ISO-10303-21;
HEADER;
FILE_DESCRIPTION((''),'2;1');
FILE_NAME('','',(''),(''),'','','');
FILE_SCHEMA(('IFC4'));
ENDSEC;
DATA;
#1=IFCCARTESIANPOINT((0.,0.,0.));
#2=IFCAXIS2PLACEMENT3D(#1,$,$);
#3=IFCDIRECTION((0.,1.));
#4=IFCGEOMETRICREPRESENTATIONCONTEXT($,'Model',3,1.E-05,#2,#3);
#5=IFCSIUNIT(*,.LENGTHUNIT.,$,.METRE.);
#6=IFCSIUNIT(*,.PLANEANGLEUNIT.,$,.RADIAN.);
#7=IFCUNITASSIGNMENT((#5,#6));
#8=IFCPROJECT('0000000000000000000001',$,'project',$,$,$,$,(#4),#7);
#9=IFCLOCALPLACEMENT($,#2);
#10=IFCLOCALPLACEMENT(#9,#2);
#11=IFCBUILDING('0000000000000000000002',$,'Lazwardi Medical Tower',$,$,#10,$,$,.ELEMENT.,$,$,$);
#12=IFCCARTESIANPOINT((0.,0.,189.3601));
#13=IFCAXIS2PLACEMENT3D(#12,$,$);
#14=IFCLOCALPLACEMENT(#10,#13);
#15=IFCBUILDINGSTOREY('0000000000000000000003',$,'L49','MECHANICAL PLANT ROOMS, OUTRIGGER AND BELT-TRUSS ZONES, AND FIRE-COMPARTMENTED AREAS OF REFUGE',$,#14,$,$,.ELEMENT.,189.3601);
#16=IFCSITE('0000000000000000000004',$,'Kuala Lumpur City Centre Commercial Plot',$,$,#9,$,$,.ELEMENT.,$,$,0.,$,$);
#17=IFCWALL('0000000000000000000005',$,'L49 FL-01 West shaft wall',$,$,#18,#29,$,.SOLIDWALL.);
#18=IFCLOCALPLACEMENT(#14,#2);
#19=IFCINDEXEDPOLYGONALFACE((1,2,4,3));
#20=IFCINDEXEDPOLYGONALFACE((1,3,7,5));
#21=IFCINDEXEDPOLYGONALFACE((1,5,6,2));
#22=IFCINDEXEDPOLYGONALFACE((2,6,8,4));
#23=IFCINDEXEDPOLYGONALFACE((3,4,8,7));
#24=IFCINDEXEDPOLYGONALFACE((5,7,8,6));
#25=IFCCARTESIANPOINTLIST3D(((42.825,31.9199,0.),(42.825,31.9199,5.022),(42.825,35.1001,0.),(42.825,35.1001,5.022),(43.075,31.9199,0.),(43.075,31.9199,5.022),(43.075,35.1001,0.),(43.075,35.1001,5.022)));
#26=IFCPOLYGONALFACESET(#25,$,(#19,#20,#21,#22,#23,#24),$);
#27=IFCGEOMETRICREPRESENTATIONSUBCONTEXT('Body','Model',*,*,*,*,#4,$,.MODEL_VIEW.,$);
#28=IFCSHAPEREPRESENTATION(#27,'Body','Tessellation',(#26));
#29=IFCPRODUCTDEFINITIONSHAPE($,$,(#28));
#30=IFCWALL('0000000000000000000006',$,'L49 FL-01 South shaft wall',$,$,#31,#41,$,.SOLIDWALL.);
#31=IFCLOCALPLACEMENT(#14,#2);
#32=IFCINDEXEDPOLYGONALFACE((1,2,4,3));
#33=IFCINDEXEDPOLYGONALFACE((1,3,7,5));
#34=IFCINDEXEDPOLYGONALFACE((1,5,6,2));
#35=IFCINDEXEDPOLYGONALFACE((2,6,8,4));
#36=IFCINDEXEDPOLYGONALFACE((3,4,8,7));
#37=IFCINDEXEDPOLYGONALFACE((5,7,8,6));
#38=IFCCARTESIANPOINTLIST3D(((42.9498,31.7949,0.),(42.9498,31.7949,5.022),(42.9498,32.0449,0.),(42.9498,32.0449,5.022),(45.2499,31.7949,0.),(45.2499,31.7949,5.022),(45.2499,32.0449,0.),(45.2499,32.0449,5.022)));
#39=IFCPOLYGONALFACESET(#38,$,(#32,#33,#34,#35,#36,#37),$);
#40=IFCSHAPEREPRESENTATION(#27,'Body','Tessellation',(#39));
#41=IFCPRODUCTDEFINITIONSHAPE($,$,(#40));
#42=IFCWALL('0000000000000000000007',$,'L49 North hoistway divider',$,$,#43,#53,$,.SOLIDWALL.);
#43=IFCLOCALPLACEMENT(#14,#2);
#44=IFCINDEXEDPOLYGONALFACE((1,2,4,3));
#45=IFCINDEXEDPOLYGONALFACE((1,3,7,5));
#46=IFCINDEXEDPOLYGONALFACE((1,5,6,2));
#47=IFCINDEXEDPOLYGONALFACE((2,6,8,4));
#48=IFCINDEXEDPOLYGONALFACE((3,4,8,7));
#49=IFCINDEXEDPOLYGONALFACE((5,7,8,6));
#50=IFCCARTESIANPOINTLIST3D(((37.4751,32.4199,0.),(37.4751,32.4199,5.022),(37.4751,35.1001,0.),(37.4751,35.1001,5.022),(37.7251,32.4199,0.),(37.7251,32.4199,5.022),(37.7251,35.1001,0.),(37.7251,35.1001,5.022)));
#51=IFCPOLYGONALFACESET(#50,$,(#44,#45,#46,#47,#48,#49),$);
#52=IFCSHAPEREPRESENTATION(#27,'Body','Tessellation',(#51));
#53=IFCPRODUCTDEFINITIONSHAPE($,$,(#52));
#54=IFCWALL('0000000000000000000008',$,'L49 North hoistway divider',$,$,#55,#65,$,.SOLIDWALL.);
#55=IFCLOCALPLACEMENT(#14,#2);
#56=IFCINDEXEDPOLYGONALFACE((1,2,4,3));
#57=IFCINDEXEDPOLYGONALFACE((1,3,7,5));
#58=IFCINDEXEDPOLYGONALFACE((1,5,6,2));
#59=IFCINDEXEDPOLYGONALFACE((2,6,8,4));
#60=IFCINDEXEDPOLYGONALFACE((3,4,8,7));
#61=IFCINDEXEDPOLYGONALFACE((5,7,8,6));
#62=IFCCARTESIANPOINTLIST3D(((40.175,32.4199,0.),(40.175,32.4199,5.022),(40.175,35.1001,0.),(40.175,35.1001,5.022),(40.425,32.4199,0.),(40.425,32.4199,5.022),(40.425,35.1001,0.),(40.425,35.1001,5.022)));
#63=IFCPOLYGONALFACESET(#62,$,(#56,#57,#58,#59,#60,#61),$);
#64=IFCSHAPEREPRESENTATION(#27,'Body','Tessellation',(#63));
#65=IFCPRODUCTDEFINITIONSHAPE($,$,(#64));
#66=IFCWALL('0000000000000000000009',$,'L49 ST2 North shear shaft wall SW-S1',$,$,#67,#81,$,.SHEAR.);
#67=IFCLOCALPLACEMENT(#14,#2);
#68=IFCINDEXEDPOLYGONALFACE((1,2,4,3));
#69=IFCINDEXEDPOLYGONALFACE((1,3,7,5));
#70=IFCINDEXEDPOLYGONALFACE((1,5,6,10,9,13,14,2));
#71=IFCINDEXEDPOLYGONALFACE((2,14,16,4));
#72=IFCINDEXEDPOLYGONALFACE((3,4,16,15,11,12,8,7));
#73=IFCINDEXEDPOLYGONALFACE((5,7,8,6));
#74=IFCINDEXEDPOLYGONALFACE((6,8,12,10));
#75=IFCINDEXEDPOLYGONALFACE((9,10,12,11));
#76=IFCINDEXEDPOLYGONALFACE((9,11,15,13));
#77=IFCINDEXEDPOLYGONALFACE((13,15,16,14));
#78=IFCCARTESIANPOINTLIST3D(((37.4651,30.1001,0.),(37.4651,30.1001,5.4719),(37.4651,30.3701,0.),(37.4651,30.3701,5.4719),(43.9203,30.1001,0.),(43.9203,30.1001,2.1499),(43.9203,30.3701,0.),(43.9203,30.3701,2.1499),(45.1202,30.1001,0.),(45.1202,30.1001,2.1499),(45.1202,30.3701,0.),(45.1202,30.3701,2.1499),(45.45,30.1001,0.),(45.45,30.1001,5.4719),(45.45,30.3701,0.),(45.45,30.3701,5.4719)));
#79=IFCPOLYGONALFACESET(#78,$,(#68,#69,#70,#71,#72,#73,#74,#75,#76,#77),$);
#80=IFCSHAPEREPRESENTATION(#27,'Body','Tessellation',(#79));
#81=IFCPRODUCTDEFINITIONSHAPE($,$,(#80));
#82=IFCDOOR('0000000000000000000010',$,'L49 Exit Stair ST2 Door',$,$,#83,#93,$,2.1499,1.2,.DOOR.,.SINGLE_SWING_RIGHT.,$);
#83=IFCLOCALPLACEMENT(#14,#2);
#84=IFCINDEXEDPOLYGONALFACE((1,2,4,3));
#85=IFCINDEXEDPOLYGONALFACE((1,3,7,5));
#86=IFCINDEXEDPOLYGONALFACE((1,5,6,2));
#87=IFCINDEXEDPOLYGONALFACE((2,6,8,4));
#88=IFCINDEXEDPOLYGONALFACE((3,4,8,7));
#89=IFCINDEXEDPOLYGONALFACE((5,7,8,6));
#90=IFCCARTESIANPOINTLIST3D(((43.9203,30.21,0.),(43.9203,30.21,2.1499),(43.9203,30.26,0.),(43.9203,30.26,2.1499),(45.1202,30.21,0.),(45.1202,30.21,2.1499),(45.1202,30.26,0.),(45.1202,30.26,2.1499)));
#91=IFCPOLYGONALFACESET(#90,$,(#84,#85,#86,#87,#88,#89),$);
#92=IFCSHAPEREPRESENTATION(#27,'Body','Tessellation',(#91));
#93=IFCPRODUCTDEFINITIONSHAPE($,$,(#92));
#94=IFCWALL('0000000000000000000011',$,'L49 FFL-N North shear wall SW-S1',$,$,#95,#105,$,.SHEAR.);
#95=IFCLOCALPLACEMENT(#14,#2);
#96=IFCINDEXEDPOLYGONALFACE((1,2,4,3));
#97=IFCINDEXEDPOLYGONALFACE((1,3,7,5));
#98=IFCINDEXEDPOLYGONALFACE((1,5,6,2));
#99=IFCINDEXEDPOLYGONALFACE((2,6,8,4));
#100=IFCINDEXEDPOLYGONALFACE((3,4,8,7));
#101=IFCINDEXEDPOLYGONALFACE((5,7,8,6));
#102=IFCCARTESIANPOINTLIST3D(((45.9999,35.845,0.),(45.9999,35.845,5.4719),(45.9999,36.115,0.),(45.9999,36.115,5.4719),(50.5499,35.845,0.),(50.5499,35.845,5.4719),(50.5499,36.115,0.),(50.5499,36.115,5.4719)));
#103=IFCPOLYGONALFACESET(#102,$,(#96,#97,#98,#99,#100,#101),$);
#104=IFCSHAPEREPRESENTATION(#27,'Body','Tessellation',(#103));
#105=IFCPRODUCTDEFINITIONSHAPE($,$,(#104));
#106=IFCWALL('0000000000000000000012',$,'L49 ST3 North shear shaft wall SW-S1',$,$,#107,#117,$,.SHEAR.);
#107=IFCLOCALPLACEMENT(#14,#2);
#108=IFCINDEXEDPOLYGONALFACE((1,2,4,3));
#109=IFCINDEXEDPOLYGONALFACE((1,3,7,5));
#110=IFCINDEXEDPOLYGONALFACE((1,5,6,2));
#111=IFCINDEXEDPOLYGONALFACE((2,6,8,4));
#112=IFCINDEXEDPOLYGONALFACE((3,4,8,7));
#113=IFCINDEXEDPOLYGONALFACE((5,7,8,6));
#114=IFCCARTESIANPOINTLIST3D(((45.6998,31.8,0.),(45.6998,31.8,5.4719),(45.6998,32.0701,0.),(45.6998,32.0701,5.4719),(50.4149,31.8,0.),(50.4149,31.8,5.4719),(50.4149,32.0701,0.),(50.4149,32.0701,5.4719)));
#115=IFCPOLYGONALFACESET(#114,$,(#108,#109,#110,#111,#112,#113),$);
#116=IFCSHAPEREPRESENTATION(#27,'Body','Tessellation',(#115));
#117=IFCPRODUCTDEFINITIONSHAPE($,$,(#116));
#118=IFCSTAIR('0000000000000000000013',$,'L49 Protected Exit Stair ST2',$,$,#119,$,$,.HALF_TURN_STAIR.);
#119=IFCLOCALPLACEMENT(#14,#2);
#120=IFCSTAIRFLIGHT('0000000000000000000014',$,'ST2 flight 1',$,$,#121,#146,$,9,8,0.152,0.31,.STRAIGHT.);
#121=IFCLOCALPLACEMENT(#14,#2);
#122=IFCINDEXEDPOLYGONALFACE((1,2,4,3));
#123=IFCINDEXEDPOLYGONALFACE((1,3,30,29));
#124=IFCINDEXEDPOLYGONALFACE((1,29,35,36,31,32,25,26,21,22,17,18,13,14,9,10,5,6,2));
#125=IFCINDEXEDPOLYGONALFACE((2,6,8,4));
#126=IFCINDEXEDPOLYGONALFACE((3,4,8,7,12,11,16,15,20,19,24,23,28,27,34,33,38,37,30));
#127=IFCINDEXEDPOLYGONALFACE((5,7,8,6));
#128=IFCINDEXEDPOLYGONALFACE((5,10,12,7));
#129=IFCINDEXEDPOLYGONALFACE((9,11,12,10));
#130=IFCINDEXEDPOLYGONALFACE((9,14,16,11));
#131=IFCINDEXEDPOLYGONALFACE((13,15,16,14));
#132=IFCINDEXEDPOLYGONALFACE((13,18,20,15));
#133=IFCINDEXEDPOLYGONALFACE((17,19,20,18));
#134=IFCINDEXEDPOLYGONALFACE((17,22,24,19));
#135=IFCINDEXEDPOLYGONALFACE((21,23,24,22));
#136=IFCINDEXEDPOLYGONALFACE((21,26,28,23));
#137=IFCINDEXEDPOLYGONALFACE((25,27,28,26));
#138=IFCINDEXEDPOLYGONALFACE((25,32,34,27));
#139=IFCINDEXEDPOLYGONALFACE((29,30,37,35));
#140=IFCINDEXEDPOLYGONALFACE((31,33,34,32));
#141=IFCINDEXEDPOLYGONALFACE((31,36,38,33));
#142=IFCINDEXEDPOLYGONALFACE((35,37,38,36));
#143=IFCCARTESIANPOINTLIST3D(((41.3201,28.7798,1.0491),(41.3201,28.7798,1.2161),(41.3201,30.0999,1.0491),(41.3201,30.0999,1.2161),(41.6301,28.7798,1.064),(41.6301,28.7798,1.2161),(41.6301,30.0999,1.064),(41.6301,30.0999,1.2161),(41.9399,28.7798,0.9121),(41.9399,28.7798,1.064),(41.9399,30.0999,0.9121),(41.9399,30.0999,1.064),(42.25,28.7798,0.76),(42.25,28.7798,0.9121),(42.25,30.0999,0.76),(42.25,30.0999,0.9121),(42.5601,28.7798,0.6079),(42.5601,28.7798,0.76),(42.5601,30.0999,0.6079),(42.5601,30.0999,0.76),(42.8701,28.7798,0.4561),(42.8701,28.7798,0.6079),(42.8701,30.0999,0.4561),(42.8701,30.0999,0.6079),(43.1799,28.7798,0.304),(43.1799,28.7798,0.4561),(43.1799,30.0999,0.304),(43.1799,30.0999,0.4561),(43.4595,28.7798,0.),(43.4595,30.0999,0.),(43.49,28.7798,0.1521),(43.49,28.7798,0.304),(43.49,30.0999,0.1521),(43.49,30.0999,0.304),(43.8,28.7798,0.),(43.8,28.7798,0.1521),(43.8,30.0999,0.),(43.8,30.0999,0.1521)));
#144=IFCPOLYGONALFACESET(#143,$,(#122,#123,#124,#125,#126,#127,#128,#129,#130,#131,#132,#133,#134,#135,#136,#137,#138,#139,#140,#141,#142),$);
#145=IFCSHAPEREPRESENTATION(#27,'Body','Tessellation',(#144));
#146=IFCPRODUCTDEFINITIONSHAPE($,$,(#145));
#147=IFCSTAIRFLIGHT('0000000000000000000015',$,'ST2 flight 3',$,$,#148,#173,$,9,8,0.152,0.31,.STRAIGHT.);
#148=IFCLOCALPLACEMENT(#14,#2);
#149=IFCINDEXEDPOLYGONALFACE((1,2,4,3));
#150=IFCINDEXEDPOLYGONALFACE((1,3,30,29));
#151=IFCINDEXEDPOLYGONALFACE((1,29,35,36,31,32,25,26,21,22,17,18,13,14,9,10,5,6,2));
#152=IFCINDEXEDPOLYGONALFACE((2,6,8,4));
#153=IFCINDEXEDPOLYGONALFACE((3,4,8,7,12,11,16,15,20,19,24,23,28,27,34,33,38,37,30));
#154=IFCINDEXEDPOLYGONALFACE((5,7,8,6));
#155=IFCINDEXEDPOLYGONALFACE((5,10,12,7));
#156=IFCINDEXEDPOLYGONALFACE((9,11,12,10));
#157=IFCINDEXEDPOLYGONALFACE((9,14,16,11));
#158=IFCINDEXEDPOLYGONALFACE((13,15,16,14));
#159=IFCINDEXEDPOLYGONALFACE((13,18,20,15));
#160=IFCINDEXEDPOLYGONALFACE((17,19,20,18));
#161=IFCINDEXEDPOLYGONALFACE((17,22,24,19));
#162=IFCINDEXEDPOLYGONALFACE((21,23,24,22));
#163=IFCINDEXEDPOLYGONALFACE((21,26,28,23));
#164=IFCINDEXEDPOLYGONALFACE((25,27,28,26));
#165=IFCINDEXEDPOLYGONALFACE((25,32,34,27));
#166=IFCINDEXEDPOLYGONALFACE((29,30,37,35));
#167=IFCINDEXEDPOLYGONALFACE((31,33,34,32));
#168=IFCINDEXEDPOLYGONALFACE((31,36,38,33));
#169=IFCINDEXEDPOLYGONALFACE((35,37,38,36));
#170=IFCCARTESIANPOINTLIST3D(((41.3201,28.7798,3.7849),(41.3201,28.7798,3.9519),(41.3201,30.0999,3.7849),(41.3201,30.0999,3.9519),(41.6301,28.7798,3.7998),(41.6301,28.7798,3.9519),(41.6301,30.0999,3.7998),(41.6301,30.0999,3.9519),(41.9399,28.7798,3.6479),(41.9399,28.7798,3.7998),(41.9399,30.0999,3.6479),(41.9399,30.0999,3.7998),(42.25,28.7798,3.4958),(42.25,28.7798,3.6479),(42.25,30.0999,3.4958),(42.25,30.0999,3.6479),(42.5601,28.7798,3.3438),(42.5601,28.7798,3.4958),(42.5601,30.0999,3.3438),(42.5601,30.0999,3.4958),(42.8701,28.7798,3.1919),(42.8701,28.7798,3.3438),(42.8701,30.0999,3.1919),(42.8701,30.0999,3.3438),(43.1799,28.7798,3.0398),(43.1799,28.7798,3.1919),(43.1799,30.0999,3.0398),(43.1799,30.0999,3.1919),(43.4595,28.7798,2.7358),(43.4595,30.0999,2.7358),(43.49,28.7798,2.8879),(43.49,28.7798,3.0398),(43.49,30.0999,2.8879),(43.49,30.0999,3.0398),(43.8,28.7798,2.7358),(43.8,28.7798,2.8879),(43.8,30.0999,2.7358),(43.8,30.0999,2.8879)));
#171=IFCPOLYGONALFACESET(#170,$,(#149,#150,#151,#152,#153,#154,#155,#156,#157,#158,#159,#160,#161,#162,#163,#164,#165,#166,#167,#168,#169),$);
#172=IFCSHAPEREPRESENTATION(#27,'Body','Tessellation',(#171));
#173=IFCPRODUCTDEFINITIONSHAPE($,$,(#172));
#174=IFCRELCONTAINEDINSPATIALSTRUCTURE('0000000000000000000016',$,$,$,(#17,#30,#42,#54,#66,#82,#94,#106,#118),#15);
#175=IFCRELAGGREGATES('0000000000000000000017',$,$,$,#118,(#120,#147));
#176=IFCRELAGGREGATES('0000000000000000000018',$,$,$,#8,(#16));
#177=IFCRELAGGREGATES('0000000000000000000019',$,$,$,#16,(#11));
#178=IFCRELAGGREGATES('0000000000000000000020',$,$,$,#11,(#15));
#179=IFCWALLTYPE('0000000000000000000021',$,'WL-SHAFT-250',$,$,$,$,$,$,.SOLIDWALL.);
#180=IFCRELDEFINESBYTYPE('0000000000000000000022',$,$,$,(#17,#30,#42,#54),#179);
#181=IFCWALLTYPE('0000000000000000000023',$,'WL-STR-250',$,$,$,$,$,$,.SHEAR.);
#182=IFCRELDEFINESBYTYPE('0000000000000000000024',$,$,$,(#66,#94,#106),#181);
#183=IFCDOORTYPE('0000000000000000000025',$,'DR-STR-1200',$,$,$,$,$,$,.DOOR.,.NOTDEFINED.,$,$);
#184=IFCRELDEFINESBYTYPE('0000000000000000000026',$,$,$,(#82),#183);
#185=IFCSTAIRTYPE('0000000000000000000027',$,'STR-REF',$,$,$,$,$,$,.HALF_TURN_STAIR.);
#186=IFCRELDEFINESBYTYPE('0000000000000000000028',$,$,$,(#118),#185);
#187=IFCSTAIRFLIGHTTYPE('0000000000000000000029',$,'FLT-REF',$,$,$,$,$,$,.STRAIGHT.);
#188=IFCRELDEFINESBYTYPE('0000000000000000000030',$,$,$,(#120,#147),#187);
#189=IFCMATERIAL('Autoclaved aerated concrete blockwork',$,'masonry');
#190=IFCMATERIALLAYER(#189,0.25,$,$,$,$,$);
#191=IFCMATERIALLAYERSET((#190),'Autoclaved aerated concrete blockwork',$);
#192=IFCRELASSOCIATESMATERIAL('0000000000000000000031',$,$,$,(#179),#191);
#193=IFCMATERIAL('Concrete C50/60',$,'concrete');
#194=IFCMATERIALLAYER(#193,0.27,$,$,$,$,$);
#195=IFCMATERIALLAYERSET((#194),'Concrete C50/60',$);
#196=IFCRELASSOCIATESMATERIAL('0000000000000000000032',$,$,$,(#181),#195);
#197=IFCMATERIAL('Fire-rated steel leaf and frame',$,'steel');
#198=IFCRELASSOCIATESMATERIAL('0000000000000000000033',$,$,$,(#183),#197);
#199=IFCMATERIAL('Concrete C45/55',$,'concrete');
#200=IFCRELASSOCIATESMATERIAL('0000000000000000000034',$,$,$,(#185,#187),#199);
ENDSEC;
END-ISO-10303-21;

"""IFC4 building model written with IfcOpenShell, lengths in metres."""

from ifc_helpers import new_model, si_unit, direction, frame, frame_2d, origin, place, context, subcontext, project, spatial, polyline, rectangle, outline, extrude, material, layer, layer_set, type_object, element, fill, aggregate, save


model = new_model("IFC4")

# Units and contexts
model_context = context("Model", 3, precision=1e-05, world=origin(), true_north=direction((0.0, 1.0)))
body_context = subcontext(model_context, "Body", "Model", "MODEL_VIEW")
ifc_project = project(units=[si_unit("LENGTHUNIT", "METRE"), si_unit("PLANEANGLEUNIT", "RADIAN")], contexts=[model_context])

# Site, building, storey
site_placement = place(None, origin())
site = spatial("IfcSite", under=ifc_project, at=site_placement, Name="Kuala Lumpur City Centre Commercial Plot", CompositionType="ELEMENT", RefElevation=0.0)
building_placement = place(site_placement, origin())
building = spatial("IfcBuilding", under=site, at=building_placement, Name="Lazwardi Medical Tower", CompositionType="ELEMENT")
storey_placement = place(building_placement, frame((0.0, 0.0, 189.3601)))
storey = spatial("IfcBuildingStorey", under=building, at=storey_placement, Name="L49", Description="MECHANICAL PLANT ROOMS, OUTRIGGER AND BELT-TRUSS ZONES, AND FIRE-COMPARTMENTED AREAS OF REFUGE", CompositionType="ELEMENT", Elevation=189.3601)

# Walls
ifc_material_1 = material(Name="Autoclaved aerated concrete blockwork", Category="masonry")
ifc_layer_1 = layer(ifc_material_1, 0.25)
ifc_layer_set_1 = layer_set([ifc_layer_1], Name="Autoclaved aerated concrete blockwork")
wall_type_1 = type_object("IfcWallType", Name="WL-SHAFT-250", PredefinedType="SOLIDWALL", material=ifc_layer_set_1)
wall_1_placement = place(storey_placement, frame((42.95, 31.9199, 0.0), z_axis=(0.0, 0.0, 1.0), x_axis=(0.0, 1.0, 0.0)))
element("IfcWall", 1, at=wall_1_placement, inside=storey, type_object=wall_type_1, Name="L49 FL-01 West shaft wall", PredefinedType="SOLIDWALL", context=body_context, shape_type="SweptSolid", body=[
    extrude(rectangle(XDim=3.1802, YDim=0.25, at=frame_2d((1.5901, 0.0))), origin(), (0.0, 0.0, 1.0), 5.022),
])
wall_2_placement = place(storey_placement, frame((42.95, 31.9199, 0.0), z_axis=(0.0, 0.0, 1.0), x_axis=(1.0, 0.0, 0.0)))
element("IfcWall", 2, at=wall_2_placement, inside=storey, type_object=wall_type_1, Name="L49 FL-01 South shaft wall", PredefinedType="SOLIDWALL", context=body_context, shape_type="SweptSolid", body=[
    extrude(rectangle(XDim=2.3, YDim=0.25, at=frame_2d((1.1499, 0.0))), origin(), (0.0, 0.0, 1.0), 5.022),
])
for number, where, z_axis, x_axis, name in (
    (3, (37.6001, 32.4199, 0.0), (0.0, 0.0, 1.0), (0.0, 1.0, 0.0), "L49 North hoistway divider"),
    (4, (40.3, 32.4199, 0.0), (0.0, 0.0, 1.0), (0.0, 1.0, 0.0), "L49 North hoistway divider"),
):
    element("IfcWall", number, at=place(storey_placement, frame(where, z_axis=z_axis, x_axis=x_axis)), inside=storey, type_object=wall_type_1, Name=name, PredefinedType="SOLIDWALL", context=body_context, shape_type="SweptSolid", body=[
        extrude(rectangle(XDim=2.6802, YDim=0.25, at=frame_2d((1.3401, 0.0))), origin(), (0.0, 0.0, 1.0), 5.022),
    ])

# Wall, opening, door
ifc_material_2 = material(Name="Concrete C50/60", Category="concrete")
ifc_layer_2 = layer(ifc_material_2, 0.27)
ifc_layer_set_2 = layer_set([ifc_layer_2], Name="Concrete C50/60")
wall_type_2 = type_object("IfcWallType", Name="WL-STR-250", PredefinedType="SHEAR", material=ifc_layer_set_2)
wall_3_placement = place(storey_placement, frame((37.4651, 30.2351, 0.0), z_axis=(0.0, 0.0, 1.0), x_axis=(1.0, 0.0, 0.0)))
wall_3 = element("IfcWall", 5, at=wall_3_placement, inside=storey, type_object=wall_type_2, Name="L49 ST2 North shear shaft wall SW-S1", PredefinedType="SHEAR", context=body_context, shape_type="SweptSolid", body=[
    extrude(rectangle(XDim=7.9849, YDim=0.27, at=frame_2d((3.9924, 0.0))), origin(), (0.0, 0.0, 1.0), 5.4719),
])
opening_placement = place(wall_3_placement, frame((6.4551, 0.0, 0.0)))
opening = element("IfcOpeningElement", 6, at=opening_placement, cuts=wall_3, PredefinedType="OPENING", context=body_context, shape_type="SweptSolid", body=[
    extrude(rectangle(XDim=1.2, YDim=2.1499, at=frame_2d((0.6001, 1.075))), frame((0.0, 0.145, 0.0), z_axis=(0.0, -1.0, 0.0), x_axis=(1.0, 0.0, 0.0)), (0.0, 0.0, 1.0), 0.29),
])
ifc_material_3 = material(Name="Fire-rated steel leaf and frame", Category="steel")
door_type = type_object("IfcDoorType", Name="DR-STR-1200", OperationType="NOTDEFINED", PredefinedType="DOOR", material=ifc_material_3)
door_placement = place(opening_placement, origin())
door = element("IfcDoor", 7, at=door_placement, inside=storey, type_object=door_type, Name="L49 Exit Stair ST2 Door", OperationType="SINGLE_SWING_RIGHT", OverallHeight=2.1499, OverallWidth=1.2, PredefinedType="DOOR", context=body_context, shape_type="SweptSolid", body=[
    extrude(rectangle(XDim=1.2, YDim=2.1499, at=frame_2d((0.6001, 1.075))), frame((0.0, 0.0249, 0.0), z_axis=(0.0, -1.0, 0.0), x_axis=(1.0, 0.0, 0.0)), (0.0, 0.0, 1.0), 0.05),
])
fill(opening, door)

# Walls
wall_4_placement = place(storey_placement, frame((46.0, 35.98, 0.0), z_axis=(0.0, 0.0, 1.0), x_axis=(1.0, 0.0, 0.0)))
element("IfcWall", 8, at=wall_4_placement, inside=storey, type_object=wall_type_2, Name="L49 FFL-N North shear wall SW-S1", PredefinedType="SHEAR", context=body_context, shape_type="SweptSolid", body=[
    extrude(rectangle(XDim=4.55, YDim=0.27, at=frame_2d((2.2749, 0.0))), origin(), (0.0, 0.0, 1.0), 5.4719),
])
wall_5_placement = place(storey_placement, frame((45.7, 31.9351, 0.0), z_axis=(0.0, 0.0, 1.0), x_axis=(1.0, 0.0, 0.0)))
element("IfcWall", 9, at=wall_5_placement, inside=storey, type_object=wall_type_2, Name="L49 ST3 North shear shaft wall SW-S1", PredefinedType="SHEAR", context=body_context, shape_type="SweptSolid", body=[
    extrude(rectangle(XDim=4.7151, YDim=0.27, at=frame_2d((2.3574, 0.0))), origin(), (0.0, 0.0, 1.0), 5.4719),
])

# Stair, stair flights
ifc_material_4 = material(Name="Concrete C45/55", Category="concrete")
stair_type = type_object("IfcStairType", Name="STR-REF", PredefinedType="HALF_TURN_STAIR", material=ifc_material_4)
stair_1_placement = place(storey_placement, origin())
stair_1 = element("IfcStair", 10, at=stair_1_placement, inside=storey, type_object=stair_type, Name="L49 Protected Exit Stair ST2", PredefinedType="HALF_TURN_STAIR")
stair_flight_type = type_object("IfcStairFlightType", Name="FLT-REF", PredefinedType="STRAIGHT", material=ifc_material_4)
stair_flight_1_placement = place(storey_placement, frame((43.8, 29.4399, 0.0), z_axis=(0.0, 0.0, 1.0), x_axis=(-1.0, 0.0, 0.0)))
stair_flight_1 = element("IfcStairFlight", 11, at=stair_flight_1_placement, type_object=stair_flight_type, Name="ST2 flight 1", NumberOfRisers=9, NumberOfTreads=8, PredefinedType="STRAIGHT", RiserHeight=0.152, TreadLength=0.31, context=body_context, shape_type="SweptSolid", body=[
    extrude(outline(polyline([(0.0, 0.0), (0.0, 0.1521), (0.3101, 0.1521), (0.3101, 0.304), (0.6201, 0.304), (0.6201, 0.4561), (0.9299, 0.4561), (0.9299, 0.6079), (1.24, 0.6079), (1.24, 0.76), (1.55, 0.76), (1.55, 0.9121), (1.8601, 0.9121), (1.8601, 1.064), (2.1699, 1.064), (2.1699, 1.2161), (2.48, 1.2161), (2.48, 1.3679), (2.48, 1.0491), (0.3406, 0.0), (0.0, 0.0)])), frame((0.0, 0.6602, 0.0), z_axis=(0.0, -1.0, 0.0), x_axis=(1.0, 0.0, 0.0)), (0.0, 0.0, 1.0), 1.3201),
])
stair_flight_2_placement = place(storey_placement, frame((43.8, 29.4399, 2.7358), z_axis=(0.0, 0.0, 1.0), x_axis=(-1.0, 0.0, 0.0)))
stair_flight_2 = element("IfcStairFlight", 12, at=stair_flight_2_placement, type_object=stair_flight_type, Name="ST2 flight 3", NumberOfRisers=9, NumberOfTreads=8, PredefinedType="STRAIGHT", RiserHeight=0.152, TreadLength=0.31, context=body_context, shape_type="SweptSolid", body=[
    extrude(outline(polyline([(0.0, 0.0), (0.0, 0.1521), (0.3101, 0.1521), (0.3101, 0.304), (0.6201, 0.304), (0.6201, 0.4561), (0.9299, 0.4561), (0.9299, 0.6079), (1.24, 0.6079), (1.24, 0.76), (1.55, 0.76), (1.55, 0.9121), (1.8601, 0.9121), (1.8601, 1.064), (2.1699, 1.064), (2.1699, 1.2161), (2.48, 1.2161), (2.48, 1.3679), (2.48, 1.0491), (0.3406, 0.0), (0.0, 0.0)])), frame((0.0, 0.6602, 0.0), z_axis=(0.0, -1.0, 0.0), x_axis=(1.0, 0.0, 0.0)), (0.0, 0.0, 1.0), 1.3201),
])
aggregate(stair_1, [stair_flight_1, stair_flight_2])

save(model, "model.ifc")
